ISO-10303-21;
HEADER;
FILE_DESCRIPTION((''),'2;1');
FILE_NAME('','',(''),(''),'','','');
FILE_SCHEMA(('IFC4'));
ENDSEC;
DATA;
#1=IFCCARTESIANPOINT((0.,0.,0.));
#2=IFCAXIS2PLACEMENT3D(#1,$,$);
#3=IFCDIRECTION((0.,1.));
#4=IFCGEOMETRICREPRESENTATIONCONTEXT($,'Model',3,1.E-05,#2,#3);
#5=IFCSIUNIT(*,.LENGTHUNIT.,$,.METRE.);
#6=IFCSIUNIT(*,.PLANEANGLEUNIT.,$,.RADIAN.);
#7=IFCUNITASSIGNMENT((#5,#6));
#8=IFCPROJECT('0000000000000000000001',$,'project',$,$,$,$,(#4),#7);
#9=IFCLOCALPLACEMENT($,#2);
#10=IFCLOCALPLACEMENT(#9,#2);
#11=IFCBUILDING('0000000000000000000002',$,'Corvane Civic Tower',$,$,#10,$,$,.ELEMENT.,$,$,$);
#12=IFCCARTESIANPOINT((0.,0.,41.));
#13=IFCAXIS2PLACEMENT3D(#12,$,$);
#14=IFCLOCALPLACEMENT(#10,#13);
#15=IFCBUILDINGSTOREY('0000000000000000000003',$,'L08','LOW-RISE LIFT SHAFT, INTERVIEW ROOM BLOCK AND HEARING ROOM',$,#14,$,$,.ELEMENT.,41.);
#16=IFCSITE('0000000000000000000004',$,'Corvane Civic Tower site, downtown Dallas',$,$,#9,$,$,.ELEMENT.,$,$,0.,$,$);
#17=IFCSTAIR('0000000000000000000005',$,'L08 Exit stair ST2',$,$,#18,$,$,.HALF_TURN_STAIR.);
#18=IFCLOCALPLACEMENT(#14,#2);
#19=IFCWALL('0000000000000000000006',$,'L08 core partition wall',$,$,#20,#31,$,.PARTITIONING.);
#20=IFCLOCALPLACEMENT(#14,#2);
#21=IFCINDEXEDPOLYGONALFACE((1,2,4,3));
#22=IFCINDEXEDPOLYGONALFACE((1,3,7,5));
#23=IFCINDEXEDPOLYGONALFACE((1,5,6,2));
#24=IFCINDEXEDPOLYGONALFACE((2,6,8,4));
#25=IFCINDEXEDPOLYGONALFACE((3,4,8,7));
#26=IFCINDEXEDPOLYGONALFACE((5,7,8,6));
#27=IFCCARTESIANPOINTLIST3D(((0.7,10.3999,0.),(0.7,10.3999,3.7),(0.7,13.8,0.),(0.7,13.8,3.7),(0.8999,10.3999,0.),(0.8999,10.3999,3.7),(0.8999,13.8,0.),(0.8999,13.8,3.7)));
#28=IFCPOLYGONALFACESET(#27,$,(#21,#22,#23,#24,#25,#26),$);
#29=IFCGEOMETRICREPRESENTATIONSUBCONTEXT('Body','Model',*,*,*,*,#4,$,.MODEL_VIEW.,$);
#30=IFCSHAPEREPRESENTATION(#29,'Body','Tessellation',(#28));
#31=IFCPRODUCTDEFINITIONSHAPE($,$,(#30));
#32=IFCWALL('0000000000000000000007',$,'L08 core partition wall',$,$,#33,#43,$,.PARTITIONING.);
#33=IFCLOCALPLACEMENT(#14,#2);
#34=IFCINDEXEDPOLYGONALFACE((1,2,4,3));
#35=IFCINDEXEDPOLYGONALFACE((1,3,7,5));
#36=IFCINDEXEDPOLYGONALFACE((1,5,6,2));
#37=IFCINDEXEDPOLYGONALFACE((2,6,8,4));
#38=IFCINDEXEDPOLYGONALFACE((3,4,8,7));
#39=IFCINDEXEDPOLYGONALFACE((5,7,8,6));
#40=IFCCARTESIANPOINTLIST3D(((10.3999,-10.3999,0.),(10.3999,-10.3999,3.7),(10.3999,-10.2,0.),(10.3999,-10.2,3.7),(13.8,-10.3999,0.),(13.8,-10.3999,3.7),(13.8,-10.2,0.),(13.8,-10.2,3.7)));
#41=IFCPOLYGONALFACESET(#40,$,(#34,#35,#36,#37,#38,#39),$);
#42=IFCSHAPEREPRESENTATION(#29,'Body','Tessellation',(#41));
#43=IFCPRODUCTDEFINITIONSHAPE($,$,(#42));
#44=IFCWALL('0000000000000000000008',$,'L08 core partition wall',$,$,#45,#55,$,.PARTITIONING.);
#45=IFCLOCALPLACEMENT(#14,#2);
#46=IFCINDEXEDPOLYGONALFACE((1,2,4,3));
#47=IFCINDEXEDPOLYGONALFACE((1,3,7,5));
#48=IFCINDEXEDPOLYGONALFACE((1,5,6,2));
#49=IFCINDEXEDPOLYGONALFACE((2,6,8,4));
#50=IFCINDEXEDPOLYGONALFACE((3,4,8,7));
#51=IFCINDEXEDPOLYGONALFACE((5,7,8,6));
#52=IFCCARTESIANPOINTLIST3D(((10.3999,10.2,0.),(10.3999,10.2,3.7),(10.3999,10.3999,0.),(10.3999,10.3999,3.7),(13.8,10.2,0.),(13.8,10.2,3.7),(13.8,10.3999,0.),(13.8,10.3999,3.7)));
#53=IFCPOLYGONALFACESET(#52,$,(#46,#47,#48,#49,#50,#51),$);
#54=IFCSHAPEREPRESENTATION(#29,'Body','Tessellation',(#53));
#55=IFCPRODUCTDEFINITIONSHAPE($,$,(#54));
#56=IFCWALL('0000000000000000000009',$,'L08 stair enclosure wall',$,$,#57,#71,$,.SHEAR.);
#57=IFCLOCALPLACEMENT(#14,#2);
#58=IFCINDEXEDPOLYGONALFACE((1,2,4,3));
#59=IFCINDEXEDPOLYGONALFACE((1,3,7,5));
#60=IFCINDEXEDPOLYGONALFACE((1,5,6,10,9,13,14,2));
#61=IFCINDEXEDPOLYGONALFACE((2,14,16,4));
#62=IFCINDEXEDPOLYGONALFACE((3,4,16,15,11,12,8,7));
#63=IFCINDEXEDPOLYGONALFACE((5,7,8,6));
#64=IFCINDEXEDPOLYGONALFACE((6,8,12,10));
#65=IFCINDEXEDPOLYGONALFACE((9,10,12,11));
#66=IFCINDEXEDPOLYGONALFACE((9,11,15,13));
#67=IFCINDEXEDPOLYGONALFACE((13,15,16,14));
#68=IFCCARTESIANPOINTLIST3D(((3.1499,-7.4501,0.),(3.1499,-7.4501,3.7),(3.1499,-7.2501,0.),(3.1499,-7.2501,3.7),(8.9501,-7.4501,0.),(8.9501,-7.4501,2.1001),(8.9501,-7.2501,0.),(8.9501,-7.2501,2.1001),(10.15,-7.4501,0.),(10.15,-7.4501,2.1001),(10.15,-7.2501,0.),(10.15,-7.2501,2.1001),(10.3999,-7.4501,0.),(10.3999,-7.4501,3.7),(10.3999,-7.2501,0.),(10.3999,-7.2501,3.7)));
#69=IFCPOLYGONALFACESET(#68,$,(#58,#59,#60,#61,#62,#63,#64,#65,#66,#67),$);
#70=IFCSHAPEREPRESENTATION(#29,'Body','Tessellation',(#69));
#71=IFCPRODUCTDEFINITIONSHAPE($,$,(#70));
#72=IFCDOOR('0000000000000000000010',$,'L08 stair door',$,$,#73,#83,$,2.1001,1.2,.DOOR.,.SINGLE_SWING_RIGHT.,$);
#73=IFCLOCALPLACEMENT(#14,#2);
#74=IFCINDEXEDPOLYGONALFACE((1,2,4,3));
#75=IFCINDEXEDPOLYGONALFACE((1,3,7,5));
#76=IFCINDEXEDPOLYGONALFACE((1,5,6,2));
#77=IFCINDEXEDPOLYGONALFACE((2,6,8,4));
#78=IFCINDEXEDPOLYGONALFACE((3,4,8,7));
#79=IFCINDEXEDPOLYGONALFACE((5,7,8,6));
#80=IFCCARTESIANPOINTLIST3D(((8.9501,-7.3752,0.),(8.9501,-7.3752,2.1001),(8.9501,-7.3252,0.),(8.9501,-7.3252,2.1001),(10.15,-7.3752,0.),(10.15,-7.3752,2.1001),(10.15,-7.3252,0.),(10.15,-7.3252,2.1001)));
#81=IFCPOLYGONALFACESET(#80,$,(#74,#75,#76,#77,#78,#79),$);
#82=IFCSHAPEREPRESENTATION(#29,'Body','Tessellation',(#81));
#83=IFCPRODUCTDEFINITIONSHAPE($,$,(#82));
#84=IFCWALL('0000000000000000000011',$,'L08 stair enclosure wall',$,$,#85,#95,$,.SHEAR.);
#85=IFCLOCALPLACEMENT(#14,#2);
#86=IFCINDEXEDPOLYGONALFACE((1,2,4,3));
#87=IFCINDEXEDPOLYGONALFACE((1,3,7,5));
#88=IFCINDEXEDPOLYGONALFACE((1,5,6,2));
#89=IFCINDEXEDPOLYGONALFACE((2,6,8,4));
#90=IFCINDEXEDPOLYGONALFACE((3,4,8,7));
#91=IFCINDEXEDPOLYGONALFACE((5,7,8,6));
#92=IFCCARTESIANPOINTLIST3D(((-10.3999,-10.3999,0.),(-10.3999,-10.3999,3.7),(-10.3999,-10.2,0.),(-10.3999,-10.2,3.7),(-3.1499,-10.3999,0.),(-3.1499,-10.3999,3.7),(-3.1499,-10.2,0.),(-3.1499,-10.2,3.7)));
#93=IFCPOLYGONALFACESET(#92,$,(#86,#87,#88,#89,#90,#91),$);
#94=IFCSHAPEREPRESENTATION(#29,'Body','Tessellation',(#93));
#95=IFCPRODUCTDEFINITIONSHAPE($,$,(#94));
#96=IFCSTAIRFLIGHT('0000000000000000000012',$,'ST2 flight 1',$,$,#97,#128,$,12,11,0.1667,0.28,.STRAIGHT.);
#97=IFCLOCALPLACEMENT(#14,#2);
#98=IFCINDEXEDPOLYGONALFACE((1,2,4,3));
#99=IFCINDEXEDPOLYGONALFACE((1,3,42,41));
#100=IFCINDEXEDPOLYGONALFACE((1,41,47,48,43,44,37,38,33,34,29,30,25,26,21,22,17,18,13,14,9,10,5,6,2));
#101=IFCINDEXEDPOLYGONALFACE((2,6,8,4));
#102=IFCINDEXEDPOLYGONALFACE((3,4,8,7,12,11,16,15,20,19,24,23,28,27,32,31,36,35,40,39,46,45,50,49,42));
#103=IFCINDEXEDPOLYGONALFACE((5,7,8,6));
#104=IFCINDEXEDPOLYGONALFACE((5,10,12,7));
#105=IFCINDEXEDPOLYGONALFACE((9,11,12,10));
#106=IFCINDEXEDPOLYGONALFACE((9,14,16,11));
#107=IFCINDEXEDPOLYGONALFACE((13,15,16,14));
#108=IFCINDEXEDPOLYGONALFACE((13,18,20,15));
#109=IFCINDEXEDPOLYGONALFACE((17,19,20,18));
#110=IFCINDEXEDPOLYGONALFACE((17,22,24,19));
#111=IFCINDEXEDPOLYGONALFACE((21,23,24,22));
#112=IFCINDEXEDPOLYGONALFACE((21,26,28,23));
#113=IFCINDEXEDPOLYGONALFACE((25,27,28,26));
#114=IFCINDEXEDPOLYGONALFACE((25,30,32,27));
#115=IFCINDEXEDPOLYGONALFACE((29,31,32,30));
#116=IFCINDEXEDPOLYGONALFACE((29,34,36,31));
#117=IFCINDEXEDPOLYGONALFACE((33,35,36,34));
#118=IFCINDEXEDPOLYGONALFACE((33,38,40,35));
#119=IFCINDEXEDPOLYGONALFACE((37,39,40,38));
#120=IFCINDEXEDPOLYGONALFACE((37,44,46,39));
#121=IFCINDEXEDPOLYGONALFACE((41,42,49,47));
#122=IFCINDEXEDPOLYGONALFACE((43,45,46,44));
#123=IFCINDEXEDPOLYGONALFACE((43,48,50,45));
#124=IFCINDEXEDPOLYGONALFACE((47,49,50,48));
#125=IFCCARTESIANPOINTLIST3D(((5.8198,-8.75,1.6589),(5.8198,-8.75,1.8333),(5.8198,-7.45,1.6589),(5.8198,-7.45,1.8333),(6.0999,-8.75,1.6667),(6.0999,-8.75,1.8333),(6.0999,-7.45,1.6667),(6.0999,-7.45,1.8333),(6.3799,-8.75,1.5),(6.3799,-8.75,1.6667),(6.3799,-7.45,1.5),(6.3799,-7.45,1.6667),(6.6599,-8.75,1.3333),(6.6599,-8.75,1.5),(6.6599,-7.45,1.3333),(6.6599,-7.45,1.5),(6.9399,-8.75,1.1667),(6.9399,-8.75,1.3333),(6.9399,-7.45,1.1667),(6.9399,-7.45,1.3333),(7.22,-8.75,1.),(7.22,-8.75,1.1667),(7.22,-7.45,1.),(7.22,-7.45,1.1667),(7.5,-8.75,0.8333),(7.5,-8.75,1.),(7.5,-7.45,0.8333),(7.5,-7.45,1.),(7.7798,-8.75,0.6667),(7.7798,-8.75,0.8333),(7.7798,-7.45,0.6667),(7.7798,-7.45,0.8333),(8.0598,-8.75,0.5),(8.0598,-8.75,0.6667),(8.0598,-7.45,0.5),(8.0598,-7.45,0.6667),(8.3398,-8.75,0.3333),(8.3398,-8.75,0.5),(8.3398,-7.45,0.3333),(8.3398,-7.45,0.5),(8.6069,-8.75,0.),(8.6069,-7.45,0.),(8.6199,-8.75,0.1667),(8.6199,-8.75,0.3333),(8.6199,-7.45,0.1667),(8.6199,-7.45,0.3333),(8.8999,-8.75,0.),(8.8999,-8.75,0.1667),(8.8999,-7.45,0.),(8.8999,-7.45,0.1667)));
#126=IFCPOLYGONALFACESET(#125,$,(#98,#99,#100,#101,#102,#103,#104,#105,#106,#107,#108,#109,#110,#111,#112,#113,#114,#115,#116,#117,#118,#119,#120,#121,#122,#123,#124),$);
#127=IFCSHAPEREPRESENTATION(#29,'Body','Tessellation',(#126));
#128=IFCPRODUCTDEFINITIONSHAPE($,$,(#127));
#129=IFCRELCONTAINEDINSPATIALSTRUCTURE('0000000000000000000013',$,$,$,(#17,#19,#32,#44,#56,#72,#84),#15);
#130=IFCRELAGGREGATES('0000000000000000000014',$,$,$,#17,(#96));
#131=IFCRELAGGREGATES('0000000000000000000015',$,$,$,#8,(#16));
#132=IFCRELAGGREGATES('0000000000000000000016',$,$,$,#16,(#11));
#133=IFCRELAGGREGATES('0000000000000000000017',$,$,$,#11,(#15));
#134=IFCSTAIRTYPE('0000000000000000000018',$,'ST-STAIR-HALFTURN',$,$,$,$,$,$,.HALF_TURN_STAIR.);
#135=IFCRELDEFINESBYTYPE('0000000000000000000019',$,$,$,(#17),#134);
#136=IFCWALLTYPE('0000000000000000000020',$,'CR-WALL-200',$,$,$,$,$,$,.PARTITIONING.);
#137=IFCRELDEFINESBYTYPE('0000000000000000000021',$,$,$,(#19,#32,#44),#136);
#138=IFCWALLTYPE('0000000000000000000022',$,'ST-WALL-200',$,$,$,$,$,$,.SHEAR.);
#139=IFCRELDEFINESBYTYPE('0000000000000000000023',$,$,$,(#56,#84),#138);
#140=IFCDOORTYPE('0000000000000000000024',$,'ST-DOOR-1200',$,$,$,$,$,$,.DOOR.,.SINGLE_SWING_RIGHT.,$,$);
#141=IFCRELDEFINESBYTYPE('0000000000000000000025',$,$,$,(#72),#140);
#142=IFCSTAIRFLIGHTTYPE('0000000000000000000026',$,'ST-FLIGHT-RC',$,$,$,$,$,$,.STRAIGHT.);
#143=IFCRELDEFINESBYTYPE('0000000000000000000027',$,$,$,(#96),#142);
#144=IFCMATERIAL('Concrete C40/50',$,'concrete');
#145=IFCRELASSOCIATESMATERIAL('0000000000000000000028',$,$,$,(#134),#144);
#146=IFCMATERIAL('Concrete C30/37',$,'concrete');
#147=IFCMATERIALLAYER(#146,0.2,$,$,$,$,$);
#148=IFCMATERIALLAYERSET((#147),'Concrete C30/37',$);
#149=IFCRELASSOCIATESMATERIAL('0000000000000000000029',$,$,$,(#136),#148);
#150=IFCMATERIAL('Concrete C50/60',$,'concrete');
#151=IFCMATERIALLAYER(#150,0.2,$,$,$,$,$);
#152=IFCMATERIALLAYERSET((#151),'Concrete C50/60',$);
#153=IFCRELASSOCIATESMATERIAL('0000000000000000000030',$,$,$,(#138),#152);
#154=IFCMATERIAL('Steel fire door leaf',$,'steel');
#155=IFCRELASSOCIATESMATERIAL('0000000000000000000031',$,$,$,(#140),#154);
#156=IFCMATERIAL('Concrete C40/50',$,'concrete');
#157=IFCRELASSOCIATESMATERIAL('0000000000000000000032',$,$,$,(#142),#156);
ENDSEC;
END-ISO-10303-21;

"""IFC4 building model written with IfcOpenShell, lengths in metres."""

from ifc_helpers import new_model, si_unit, direction, frame, frame_2d, origin, place, context, subcontext, project, spatial, polyline, rectangle, outline, extrude, material, layer, layer_set, type_object, element, fill, aggregate, save


model = new_model("IFC4")

# Units and contexts
model_context = context("Model", 3, precision=1e-05, world=origin(), true_north=direction((0.0, 1.0)))
body_context = subcontext(model_context, "Body", "Model", "MODEL_VIEW")
ifc_project = project(units=[si_unit("LENGTHUNIT", "METRE"), si_unit("PLANEANGLEUNIT", "RADIAN")], contexts=[model_context])

# Site, building, storey
site_placement = place(None, origin())
site = spatial("IfcSite", under=ifc_project, at=site_placement, Name="Corvane Civic Tower site, downtown Dallas", CompositionType="ELEMENT", RefElevation=0.0)
building_placement = place(site_placement, origin())
building = spatial("IfcBuilding", under=site, at=building_placement, Name="Corvane Civic Tower", CompositionType="ELEMENT")
storey_placement = place(building_placement, frame((0.0, 0.0, 41.0)))
storey = spatial("IfcBuildingStorey", under=building, at=storey_placement, Name="L08", Description="LOW-RISE LIFT SHAFT, INTERVIEW ROOM BLOCK AND HEARING ROOM", CompositionType="ELEMENT", Elevation=41.0)

# Stair
ifc_material_1 = material(Name="Concrete C40/50", Category="concrete")
stair_type = type_object("IfcStairType", Name="ST-STAIR-HALFTURN", PredefinedType="HALF_TURN_STAIR", material=ifc_material_1)
stair_1_placement = place(storey_placement, origin())
stair_1 = element("IfcStair", 1, at=stair_1_placement, inside=storey, type_object=stair_type, Name="L08 Exit stair ST2", PredefinedType="HALF_TURN_STAIR")

# Shared definitions
ifc_material_2 = material(Name="Concrete C30/37", Category="concrete")
ifc_layer_1 = layer(ifc_material_2, 0.2)
ifc_layer_set_1 = layer_set([ifc_layer_1], Name="Concrete C30/37")
wall_type_1 = type_object("IfcWallType", Name="CR-WALL-200", PredefinedType="PARTITIONING", material=ifc_layer_set_1)

# Walls
wall_1_placement = place(storey_placement, origin())
element("IfcWall", 2, at=wall_1_placement, inside=storey, type_object=wall_type_1, Name="L08 core partition wall", PredefinedType="PARTITIONING", context=body_context, shape_type="SweptSolid", body=[
    extrude(outline(polyline([(0.8999, 13.8), (0.8999, 10.3999), (0.7, 10.3999), (0.7, 13.8), (0.8999, 13.8)])), origin(), (0.0, 0.0, 1.0), 3.7),
])
wall_2_placement = place(storey_placement, origin())
element("IfcWall", 3, at=wall_2_placement, inside=storey, type_object=wall_type_1, Name="L08 core partition wall", PredefinedType="PARTITIONING", context=body_context, shape_type="SweptSolid", body=[
    extrude(outline(polyline([(10.3999, -10.3999), (10.3999, -10.2), (13.8, -10.2), (13.8, -10.3999), (10.3999, -10.3999)])), origin(), (0.0, 0.0, 1.0), 3.7),
])
wall_3_placement = place(storey_placement, origin())
element("IfcWall", 4, at=wall_3_placement, inside=storey, type_object=wall_type_1, Name="L08 core partition wall", PredefinedType="PARTITIONING", context=body_context, shape_type="SweptSolid", body=[
    extrude(outline(polyline([(10.3999, 10.2), (10.3999, 10.3999), (13.8, 10.3999), (13.8, 10.2), (10.3999, 10.2)])), origin(), (0.0, 0.0, 1.0), 3.7),
])

# Wall, opening, door
ifc_material_3 = material(Name="Concrete C50/60", Category="concrete")
ifc_layer_2 = layer(ifc_material_3, 0.2)
ifc_layer_set_2 = layer_set([ifc_layer_2], Name="Concrete C50/60")
wall_type_2 = type_object("IfcWallType", Name="ST-WALL-200", PredefinedType="SHEAR", material=ifc_layer_set_2)
wall_4_placement = place(storey_placement, frame((3.1499, -7.3501, 0.0), z_axis=(0.0, 0.0, 1.0), x_axis=(1.0, 0.0, 0.0)))
wall_4 = element("IfcWall", 5, at=wall_4_placement, inside=storey, type_object=wall_type_2, Name="L08 stair enclosure wall", PredefinedType="SHEAR", context=body_context, shape_type="SweptSolid", body=[
    extrude(rectangle(XDim=7.25, YDim=0.2, at=frame_2d((3.625, 0.0))), origin(), (0.0, 0.0, 1.0), 3.7),
])
opening_1_placement = place(wall_4_placement, frame((5.8, 0.0, 0.0)))
opening_1 = element("IfcOpeningElement", 6, at=opening_1_placement, cuts=wall_4, PredefinedType="OPENING", context=body_context, shape_type="SweptSolid", body=[
    extrude(rectangle(XDim=1.2, YDim=2.1001, at=frame_2d((0.6001, 1.05))), frame((0.0, 0.1099, 0.0), z_axis=(0.0, -1.0, 0.0), x_axis=(1.0, 0.0, 0.0)), (0.0, 0.0, 1.0), 0.22),
])
ifc_material_4 = material(Name="Steel fire door leaf", Category="steel")
door_type_1 = type_object("IfcDoorType", Name="ST-DOOR-1200", OperationType="SINGLE_SWING_RIGHT", PredefinedType="DOOR", material=ifc_material_4)
door_1_placement = place(opening_1_placement, origin())
door_1 = element("IfcDoor", 7, at=door_1_placement, inside=storey, type_object=door_type_1, Name="L08 stair door", OperationType="SINGLE_SWING_RIGHT", OverallHeight=2.1001, OverallWidth=1.2, PredefinedType="DOOR", context=body_context, shape_type="SweptSolid", body=[
    extrude(rectangle(XDim=1.2, YDim=2.1001, at=frame_2d((0.6001, 1.05))), frame((0.0, 0.0249, 0.0), z_axis=(0.0, -1.0, 0.0), x_axis=(1.0, 0.0, 0.0)), (0.0, 0.0, 1.0), 0.05),
])
fill(opening_1, door_1)

# Wall
wall_5_placement = place(storey_placement, origin())
element("IfcWall", 8, at=wall_5_placement, inside=storey, type_object=wall_type_2, Name="L08 stair enclosure wall", PredefinedType="SHEAR", context=body_context, shape_type="SweptSolid", body=[
    extrude(outline(polyline([(-3.1499, -10.2), (-3.1499, -10.3999), (-10.3999, -10.3999), (-10.3999, -10.2), (-3.1499, -10.2)])), origin(), (0.0, 0.0, 1.0), 3.7),
])

# Stair flight
ifc_material_5 = material(Name="Concrete C40/50", Category="concrete")
stair_flight_type = type_object("IfcStairFlightType", Name="ST-FLIGHT-RC", PredefinedType="STRAIGHT", material=ifc_material_5)
stair_flight_placement = place(storey_placement, frame((8.8999, -8.1001, 0.0), z_axis=(0.0, 0.0, 1.0), x_axis=(-1.0, 0.0, 0.0)))
stair_flight = element("IfcStairFlight", 9, at=stair_flight_placement, type_object=stair_flight_type, Name="ST2 flight 1", NumberOfRisers=12, NumberOfTreads=11, PredefinedType="STRAIGHT", RiserHeight=0.1667, TreadLength=0.28, context=body_context, shape_type="SweptSolid", body=[
    extrude(outline(polyline([(0.0, 0.0), (0.0, 0.1667), (0.28, 0.1667), (0.28, 0.3333), (0.5601, 0.3333), (0.5601, 0.5), (0.8401, 0.5), (0.8401, 0.6667), (1.1201, 0.6667), (1.1201, 0.8333), (1.3999, 0.8333), (1.3999, 1.0), (1.6799, 1.0), (1.6799, 1.1667), (1.96, 1.1667), (1.96, 1.3333), (2.24, 1.3333), (2.24, 1.5), (2.52, 1.5), (2.52, 1.6667), (2.8, 1.6667), (2.8, 1.8333), (3.0801, 1.8333), (3.0801, 2.0), (3.0801, 1.6589), (0.293, 0.0), (0.0, 0.0)])), frame((0.0, 0.6499, 0.0), z_axis=(0.0, -1.0, 0.0), x_axis=(1.0, 0.0, 0.0)), (0.0, 0.0, 1.0), 1.3),
])
aggregate(stair_1, [stair_flight])

save(model, "model.ifc")
